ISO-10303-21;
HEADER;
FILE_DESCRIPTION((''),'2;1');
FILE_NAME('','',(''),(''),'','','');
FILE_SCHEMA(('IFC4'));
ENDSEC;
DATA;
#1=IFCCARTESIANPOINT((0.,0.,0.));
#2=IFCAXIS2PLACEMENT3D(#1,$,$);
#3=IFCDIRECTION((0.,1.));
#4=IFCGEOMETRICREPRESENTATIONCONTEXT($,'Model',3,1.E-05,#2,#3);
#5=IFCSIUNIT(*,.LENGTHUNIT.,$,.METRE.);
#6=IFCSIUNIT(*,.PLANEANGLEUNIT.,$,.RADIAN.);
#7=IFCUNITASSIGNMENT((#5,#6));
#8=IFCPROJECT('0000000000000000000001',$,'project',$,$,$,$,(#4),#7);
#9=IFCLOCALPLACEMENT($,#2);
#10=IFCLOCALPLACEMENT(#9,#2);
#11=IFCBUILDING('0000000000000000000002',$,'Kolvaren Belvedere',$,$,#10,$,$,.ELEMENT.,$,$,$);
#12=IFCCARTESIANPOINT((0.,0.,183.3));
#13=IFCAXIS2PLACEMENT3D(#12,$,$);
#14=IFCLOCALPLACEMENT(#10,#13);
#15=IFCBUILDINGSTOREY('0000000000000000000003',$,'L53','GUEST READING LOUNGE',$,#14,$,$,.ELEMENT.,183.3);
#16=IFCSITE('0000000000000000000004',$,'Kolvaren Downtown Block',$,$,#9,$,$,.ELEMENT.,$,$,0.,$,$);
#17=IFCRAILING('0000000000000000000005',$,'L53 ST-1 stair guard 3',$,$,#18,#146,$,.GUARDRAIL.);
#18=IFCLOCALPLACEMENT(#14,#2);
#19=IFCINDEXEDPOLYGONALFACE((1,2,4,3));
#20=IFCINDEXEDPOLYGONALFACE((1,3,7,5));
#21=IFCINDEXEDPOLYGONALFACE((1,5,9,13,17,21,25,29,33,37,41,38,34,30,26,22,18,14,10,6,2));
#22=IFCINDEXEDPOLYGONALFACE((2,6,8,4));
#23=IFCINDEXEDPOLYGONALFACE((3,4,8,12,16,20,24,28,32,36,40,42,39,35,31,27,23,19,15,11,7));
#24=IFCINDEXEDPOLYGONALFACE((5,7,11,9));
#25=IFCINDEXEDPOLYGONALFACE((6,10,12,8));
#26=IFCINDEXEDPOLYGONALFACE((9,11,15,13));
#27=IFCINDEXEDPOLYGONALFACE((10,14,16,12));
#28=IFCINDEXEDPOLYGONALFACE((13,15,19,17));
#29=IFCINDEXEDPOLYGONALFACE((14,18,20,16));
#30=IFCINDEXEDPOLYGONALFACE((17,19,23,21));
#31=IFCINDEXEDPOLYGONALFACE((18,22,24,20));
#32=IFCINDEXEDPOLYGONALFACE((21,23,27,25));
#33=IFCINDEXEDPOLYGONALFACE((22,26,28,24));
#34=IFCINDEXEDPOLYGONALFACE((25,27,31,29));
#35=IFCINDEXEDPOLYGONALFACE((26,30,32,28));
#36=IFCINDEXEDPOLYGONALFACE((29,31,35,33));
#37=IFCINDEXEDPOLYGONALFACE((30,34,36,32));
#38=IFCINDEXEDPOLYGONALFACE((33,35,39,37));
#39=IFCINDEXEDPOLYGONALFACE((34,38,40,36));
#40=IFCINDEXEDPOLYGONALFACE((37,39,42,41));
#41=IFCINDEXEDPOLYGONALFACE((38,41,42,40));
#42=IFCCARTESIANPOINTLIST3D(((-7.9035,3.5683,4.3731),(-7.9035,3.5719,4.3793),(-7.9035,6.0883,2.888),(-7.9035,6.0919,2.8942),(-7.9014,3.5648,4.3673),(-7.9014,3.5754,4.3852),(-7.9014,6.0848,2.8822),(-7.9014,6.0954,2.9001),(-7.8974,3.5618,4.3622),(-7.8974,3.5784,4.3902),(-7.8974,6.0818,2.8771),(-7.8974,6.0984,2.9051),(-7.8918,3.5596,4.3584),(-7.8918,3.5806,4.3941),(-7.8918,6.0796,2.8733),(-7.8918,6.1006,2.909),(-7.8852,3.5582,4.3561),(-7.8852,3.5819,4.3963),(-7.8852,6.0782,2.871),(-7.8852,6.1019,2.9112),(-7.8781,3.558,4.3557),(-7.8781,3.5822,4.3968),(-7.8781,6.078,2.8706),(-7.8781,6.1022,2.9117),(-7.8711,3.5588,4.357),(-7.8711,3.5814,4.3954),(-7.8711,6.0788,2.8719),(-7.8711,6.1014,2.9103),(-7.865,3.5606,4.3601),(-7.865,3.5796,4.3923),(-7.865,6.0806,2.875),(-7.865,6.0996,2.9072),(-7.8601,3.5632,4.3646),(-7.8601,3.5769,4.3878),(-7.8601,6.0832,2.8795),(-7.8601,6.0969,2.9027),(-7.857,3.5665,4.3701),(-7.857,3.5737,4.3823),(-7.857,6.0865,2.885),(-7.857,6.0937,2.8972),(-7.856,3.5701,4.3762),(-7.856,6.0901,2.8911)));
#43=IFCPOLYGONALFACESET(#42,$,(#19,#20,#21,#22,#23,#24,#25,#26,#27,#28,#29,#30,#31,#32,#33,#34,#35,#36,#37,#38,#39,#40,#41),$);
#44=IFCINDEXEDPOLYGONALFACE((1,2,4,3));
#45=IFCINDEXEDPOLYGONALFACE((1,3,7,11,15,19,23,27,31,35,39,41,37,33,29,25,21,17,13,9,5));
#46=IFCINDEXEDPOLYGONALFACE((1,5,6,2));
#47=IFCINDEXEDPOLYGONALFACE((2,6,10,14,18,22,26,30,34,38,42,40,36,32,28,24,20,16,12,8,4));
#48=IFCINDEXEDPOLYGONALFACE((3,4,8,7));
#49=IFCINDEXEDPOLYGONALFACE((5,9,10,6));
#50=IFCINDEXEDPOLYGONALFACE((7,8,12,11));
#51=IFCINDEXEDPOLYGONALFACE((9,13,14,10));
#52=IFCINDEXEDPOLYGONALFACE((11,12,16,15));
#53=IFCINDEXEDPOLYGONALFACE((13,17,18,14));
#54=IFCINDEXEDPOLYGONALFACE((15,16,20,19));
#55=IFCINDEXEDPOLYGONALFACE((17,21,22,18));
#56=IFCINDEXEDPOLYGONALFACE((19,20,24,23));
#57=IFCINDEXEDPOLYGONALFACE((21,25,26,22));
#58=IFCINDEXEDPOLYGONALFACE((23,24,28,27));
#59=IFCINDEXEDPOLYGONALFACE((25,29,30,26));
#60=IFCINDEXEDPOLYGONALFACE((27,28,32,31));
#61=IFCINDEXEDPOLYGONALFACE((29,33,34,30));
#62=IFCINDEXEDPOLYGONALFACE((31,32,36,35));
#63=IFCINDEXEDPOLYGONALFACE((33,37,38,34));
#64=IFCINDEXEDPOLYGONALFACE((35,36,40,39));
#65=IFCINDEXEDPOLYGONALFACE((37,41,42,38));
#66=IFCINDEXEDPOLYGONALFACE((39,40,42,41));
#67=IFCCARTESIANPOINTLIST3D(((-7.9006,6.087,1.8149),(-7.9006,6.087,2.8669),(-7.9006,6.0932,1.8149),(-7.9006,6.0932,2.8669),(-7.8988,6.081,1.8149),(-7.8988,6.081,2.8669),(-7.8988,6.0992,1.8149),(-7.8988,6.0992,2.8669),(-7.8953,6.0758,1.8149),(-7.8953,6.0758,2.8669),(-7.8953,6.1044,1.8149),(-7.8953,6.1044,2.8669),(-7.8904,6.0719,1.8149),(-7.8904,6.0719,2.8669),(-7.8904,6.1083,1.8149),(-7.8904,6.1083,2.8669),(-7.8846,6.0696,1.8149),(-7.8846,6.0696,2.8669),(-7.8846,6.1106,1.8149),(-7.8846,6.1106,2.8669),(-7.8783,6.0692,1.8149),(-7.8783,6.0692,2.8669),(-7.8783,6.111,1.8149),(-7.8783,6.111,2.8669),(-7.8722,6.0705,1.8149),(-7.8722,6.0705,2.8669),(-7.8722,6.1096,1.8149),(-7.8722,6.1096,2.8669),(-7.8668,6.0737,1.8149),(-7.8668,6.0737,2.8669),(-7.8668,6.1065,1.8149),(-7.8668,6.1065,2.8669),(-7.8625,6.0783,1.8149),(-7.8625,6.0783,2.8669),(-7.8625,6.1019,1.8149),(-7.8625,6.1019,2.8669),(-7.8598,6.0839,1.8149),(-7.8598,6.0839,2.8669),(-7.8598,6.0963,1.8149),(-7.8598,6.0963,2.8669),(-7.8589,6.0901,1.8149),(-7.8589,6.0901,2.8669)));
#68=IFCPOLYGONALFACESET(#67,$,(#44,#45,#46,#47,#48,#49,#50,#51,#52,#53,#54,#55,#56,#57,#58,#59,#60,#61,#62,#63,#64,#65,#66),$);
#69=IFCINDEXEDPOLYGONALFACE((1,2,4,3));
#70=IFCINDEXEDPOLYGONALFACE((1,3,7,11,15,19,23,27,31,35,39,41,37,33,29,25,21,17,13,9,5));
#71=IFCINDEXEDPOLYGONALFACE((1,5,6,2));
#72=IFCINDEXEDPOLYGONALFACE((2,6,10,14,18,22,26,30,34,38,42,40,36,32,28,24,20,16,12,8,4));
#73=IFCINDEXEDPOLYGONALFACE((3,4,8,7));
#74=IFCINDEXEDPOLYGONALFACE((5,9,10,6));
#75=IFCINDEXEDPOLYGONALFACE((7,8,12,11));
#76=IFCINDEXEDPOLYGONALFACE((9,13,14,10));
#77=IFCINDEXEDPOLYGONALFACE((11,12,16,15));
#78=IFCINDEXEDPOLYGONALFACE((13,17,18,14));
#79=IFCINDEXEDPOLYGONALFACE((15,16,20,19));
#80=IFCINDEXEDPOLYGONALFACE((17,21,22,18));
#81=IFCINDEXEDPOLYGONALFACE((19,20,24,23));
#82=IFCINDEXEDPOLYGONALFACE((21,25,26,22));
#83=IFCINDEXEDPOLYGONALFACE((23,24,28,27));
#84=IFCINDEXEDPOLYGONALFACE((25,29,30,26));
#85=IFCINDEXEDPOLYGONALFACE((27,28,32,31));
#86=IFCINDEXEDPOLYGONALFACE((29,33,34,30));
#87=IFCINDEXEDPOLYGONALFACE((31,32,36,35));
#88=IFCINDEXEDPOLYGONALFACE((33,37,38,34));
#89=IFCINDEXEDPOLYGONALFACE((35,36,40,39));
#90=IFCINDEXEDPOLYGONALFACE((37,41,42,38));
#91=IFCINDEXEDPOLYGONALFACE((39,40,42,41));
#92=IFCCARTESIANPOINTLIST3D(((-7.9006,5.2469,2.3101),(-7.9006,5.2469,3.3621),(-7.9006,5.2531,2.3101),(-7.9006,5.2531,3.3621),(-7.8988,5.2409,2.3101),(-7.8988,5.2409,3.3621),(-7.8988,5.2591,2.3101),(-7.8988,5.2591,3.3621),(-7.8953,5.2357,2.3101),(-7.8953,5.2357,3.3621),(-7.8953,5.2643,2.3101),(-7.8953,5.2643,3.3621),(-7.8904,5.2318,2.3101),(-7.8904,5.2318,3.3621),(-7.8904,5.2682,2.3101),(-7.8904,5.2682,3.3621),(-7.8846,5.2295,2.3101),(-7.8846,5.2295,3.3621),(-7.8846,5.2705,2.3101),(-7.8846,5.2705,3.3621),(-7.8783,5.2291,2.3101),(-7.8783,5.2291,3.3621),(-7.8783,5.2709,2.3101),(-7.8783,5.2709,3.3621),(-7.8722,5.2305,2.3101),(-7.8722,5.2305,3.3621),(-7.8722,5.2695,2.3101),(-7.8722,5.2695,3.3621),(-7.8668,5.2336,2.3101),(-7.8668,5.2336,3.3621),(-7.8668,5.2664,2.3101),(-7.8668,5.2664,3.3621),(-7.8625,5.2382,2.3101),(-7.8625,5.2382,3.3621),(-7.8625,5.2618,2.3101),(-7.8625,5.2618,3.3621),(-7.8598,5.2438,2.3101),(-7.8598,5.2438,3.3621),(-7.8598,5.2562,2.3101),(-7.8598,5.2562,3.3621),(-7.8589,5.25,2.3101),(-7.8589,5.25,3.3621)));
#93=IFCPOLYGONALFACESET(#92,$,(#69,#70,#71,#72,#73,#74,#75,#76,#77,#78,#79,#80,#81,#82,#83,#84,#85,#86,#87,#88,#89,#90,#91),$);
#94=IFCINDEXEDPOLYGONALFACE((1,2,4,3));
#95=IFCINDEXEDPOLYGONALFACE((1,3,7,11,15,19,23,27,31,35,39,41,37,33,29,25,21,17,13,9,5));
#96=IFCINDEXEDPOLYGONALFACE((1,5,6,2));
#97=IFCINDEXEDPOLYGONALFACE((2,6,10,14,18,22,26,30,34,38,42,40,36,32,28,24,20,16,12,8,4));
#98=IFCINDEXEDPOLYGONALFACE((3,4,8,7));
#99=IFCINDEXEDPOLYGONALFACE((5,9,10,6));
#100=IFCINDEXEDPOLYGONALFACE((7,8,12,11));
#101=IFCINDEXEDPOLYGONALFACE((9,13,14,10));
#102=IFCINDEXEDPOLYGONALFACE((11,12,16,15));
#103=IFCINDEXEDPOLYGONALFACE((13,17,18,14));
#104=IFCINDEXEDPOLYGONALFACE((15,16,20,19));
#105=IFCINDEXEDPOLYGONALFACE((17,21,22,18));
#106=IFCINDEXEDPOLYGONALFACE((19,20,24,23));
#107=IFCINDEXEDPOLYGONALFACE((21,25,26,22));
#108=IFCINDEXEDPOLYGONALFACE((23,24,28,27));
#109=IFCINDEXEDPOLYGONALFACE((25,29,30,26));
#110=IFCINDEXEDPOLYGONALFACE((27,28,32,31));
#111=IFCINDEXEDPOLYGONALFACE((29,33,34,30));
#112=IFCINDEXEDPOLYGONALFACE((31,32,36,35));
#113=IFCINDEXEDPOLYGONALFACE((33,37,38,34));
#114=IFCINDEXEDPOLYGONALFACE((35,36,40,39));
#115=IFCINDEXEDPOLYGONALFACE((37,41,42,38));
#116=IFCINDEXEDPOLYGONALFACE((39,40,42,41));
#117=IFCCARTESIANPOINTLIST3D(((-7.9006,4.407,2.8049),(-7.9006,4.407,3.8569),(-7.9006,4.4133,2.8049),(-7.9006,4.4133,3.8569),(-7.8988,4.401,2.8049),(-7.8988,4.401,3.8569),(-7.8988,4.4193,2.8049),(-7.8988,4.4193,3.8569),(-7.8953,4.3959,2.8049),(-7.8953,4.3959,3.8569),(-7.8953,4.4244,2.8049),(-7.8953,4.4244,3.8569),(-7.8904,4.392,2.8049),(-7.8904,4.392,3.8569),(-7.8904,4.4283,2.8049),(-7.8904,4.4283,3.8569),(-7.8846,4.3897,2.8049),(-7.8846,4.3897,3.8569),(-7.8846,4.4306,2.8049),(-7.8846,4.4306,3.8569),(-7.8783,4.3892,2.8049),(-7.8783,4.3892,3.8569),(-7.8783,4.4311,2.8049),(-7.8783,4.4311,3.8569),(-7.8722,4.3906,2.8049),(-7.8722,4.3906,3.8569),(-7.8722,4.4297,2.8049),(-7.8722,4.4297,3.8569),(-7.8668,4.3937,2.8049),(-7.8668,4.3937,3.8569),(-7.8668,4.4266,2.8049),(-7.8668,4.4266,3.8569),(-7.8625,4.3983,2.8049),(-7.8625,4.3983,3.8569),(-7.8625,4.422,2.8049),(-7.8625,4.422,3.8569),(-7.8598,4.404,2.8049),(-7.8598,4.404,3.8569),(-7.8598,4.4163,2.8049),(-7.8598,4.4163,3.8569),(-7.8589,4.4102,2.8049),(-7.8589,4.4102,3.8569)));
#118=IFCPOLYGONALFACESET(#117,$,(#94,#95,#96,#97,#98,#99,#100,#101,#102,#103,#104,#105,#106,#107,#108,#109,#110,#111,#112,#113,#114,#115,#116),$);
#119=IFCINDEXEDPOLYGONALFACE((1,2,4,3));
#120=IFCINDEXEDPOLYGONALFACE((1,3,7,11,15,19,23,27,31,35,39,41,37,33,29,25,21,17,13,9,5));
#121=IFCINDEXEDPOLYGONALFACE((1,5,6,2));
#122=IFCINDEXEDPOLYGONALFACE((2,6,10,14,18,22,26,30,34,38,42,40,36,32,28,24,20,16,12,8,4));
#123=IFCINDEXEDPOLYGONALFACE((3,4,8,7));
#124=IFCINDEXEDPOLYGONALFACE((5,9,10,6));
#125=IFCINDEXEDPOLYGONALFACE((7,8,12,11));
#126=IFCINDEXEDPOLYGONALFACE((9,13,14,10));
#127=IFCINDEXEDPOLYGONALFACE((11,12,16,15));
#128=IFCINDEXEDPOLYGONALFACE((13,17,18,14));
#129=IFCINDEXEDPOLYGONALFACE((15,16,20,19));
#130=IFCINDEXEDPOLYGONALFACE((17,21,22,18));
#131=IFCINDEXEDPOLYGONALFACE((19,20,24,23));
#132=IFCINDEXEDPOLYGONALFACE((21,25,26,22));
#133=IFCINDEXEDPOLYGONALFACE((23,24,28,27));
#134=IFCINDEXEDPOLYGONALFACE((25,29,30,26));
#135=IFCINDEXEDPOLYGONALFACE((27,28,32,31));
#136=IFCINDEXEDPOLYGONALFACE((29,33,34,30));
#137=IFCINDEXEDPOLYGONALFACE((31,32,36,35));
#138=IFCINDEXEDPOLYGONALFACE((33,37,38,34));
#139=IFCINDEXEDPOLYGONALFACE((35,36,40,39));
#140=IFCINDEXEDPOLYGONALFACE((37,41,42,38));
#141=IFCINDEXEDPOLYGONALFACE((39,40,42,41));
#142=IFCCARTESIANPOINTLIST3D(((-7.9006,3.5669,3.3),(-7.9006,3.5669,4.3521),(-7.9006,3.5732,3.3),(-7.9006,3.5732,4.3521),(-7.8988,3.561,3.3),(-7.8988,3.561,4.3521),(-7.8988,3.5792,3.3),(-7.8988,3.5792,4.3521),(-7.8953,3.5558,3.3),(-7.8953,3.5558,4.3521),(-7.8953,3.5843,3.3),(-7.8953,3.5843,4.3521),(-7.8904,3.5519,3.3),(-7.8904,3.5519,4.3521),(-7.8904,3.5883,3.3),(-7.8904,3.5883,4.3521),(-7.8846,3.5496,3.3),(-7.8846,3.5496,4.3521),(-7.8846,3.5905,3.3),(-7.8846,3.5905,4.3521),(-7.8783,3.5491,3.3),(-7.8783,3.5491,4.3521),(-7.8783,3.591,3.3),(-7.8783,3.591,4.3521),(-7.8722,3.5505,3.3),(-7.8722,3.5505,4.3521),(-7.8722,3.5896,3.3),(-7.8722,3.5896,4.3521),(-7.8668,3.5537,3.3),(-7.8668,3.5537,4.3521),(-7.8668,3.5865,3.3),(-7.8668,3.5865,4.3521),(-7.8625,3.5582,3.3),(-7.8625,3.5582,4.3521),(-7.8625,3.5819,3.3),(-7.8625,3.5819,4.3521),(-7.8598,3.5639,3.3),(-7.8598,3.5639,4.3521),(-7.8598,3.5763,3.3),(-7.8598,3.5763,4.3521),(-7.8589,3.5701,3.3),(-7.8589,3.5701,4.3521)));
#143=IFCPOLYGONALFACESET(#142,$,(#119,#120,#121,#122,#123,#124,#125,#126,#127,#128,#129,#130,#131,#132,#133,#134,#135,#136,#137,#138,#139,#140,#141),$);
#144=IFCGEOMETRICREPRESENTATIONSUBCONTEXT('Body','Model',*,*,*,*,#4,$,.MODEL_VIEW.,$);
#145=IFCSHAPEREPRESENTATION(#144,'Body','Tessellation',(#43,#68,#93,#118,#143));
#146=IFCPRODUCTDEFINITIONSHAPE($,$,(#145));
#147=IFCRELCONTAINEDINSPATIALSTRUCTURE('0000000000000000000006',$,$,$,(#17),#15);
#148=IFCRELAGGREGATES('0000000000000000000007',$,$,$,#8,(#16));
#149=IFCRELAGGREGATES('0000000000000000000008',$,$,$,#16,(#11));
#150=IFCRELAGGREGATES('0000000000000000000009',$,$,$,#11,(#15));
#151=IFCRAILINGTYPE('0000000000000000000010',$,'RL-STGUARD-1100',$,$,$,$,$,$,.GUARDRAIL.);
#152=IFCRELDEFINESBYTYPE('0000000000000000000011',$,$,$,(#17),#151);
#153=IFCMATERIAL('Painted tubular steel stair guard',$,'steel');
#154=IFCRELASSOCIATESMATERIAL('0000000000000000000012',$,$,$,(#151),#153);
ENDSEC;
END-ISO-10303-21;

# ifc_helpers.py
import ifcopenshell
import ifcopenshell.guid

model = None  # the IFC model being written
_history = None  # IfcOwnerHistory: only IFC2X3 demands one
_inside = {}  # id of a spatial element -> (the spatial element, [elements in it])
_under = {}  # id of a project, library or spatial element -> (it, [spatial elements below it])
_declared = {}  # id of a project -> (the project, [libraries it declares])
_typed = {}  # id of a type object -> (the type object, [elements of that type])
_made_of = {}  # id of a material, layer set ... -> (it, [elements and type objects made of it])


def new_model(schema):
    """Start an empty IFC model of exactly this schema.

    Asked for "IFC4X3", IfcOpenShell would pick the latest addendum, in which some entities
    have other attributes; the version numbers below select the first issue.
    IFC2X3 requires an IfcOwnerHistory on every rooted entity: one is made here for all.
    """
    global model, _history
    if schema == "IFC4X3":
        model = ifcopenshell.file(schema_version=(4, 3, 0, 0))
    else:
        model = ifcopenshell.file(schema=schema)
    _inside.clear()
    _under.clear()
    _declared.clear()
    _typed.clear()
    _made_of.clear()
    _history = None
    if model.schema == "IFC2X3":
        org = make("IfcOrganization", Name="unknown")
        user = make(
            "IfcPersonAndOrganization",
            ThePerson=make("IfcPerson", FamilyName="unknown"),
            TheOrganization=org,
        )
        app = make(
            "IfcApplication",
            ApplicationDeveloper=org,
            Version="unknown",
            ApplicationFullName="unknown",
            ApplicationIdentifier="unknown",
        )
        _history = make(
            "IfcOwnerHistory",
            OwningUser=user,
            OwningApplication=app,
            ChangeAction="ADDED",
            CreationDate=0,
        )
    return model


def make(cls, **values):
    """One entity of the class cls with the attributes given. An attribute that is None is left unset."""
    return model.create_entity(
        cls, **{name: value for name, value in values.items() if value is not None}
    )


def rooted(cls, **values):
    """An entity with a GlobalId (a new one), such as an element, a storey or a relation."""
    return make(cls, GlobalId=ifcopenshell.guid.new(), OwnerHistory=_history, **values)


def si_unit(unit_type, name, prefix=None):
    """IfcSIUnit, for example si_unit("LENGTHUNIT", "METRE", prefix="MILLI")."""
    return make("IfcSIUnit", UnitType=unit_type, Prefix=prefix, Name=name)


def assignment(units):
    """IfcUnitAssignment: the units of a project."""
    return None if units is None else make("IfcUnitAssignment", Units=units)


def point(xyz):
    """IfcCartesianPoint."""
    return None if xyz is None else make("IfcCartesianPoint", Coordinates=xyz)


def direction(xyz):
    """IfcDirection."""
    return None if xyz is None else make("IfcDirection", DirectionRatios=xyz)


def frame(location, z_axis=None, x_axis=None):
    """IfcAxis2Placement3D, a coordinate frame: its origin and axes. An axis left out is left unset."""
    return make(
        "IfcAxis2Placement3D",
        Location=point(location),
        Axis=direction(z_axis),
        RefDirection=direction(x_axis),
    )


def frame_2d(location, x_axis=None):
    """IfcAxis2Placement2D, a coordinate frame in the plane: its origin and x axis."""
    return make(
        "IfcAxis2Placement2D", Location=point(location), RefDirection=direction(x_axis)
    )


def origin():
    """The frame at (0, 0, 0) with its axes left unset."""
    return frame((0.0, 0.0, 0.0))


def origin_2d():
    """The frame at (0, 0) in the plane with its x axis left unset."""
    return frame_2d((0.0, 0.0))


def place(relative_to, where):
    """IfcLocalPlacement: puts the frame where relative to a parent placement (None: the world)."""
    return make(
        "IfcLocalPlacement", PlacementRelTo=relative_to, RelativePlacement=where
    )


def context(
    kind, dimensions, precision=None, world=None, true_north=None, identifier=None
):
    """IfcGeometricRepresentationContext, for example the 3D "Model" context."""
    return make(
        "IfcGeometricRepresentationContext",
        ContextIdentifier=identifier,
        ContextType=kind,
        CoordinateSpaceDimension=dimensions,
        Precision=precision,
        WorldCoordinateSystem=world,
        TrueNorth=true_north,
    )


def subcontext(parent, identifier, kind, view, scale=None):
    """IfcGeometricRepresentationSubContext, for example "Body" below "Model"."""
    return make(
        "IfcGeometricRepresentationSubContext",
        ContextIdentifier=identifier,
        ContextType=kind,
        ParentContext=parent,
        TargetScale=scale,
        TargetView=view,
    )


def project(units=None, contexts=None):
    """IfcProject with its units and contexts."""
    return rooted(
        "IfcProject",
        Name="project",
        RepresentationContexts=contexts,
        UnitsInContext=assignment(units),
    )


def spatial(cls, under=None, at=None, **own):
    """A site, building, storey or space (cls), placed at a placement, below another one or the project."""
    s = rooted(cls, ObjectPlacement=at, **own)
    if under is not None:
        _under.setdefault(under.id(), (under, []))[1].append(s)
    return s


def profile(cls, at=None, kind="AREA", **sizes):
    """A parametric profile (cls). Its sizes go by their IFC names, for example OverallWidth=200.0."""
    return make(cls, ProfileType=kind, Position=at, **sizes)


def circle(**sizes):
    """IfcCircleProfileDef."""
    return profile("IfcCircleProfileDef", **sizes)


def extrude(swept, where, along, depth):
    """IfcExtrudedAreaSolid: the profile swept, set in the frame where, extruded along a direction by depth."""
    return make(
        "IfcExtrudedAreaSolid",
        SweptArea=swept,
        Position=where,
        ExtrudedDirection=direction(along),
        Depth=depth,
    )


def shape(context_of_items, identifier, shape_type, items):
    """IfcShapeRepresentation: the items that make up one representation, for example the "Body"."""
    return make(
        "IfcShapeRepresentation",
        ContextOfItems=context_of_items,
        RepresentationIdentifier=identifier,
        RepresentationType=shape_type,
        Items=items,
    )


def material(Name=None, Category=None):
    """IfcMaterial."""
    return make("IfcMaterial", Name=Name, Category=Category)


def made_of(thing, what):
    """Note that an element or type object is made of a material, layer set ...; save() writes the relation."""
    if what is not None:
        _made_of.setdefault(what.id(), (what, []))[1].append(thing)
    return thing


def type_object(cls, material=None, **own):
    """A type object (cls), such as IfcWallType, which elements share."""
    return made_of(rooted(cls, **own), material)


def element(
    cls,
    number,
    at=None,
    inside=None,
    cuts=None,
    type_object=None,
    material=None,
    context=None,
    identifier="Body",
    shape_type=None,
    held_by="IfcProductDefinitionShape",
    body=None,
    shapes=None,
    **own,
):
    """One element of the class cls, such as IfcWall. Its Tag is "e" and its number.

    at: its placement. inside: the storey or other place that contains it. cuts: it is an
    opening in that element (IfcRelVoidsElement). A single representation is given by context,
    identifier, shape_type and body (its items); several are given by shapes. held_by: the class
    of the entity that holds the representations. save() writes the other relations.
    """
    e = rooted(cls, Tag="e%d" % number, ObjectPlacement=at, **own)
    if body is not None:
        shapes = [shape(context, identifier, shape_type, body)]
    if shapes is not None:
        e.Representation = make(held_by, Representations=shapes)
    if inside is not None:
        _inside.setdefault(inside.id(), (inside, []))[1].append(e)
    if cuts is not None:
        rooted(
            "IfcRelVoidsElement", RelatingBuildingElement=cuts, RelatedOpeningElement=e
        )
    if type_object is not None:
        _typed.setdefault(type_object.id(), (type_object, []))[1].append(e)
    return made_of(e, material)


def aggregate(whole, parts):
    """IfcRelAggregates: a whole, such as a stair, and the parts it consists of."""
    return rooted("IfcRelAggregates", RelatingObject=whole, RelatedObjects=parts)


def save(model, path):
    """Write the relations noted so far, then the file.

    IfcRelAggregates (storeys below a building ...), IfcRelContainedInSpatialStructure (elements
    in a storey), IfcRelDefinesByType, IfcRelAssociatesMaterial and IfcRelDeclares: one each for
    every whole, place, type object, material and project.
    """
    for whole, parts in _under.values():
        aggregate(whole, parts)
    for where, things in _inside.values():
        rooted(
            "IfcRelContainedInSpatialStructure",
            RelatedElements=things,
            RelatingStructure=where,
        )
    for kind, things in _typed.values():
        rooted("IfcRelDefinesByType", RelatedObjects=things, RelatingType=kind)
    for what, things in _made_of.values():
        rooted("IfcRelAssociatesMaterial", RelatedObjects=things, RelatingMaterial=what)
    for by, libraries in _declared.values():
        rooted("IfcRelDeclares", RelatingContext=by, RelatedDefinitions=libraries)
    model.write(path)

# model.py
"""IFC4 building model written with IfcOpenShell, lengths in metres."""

from ifc_helpers import new_model, si_unit, direction, frame, origin, origin_2d, place, context, subcontext, project, spatial, circle, extrude, material, type_object, element, save


model = new_model("IFC4")

# Units and contexts
model_context = context("Model", 3, precision=1e-05, world=origin(), true_north=direction((0.0, 1.0)))
body_context = subcontext(model_context, "Body", "Model", "MODEL_VIEW")
ifc_project = project(units=[si_unit("LENGTHUNIT", "METRE"), si_unit("PLANEANGLEUNIT", "RADIAN")], contexts=[model_context])

# Site, building, storey
site_placement = place(None, origin())
site = spatial("IfcSite", under=ifc_project, at=site_placement, Name="Kolvaren Downtown Block", CompositionType="ELEMENT", RefElevation=0.0)
building_placement = place(site_placement, origin())
building = spatial("IfcBuilding", under=site, at=building_placement, Name="Kolvaren Belvedere", CompositionType="ELEMENT")
storey_placement = place(building_placement, frame((0.0, 0.0, 183.3)))
storey = spatial("IfcBuildingStorey", under=building, at=storey_placement, Name="L53", Description="GUEST READING LOUNGE", CompositionType="ELEMENT", Elevation=183.3)

# Railing
ifc_material_1 = material(Name="Painted tubular steel stair guard", Category="steel")
railing_type_1 = type_object("IfcRailingType", Name="RL-STGUARD-1100", PredefinedType="GUARDRAIL", material=ifc_material_1)
railing_1_placement = place(storey_placement, frame((-7.8799, 6.0901, 1.8149)))
element("IfcRailing", 1, at=railing_1_placement, inside=storey, type_object=railing_type_1, Name="L53 ST-1 stair guard 3", PredefinedType="GUARDRAIL", context=body_context, shape_type="SweptSolid", body=[
    extrude(circle(Radius=0.0239, at=origin_2d()), frame((0.0, 0.0, 1.0762), z_axis=(0.0, -0.861524, 0.507717), x_axis=(1.0, 0.0, 0.0)), (0.0, 0.0, 1.0), 2.925),
    extrude(circle(Radius=0.021, at=origin_2d()), origin(), (0.0, 0.0, 1.0), 1.052),
    extrude(circle(Radius=0.021, at=origin_2d()), frame((0.0, -0.8401, 0.4951)), (0.0, 0.0, 1.0), 1.052),
    extrude(circle(Radius=0.021, at=origin_2d()), frame((0.0, -1.6799, 0.99)), (0.0, 0.0, 1.0), 1.052),
    extrude(circle(Radius=0.021, at=origin_2d()), frame((0.0, -2.52, 1.4851)), (0.0, 0.0, 1.0), 1.052),
])

save(model, "model.ifc")
